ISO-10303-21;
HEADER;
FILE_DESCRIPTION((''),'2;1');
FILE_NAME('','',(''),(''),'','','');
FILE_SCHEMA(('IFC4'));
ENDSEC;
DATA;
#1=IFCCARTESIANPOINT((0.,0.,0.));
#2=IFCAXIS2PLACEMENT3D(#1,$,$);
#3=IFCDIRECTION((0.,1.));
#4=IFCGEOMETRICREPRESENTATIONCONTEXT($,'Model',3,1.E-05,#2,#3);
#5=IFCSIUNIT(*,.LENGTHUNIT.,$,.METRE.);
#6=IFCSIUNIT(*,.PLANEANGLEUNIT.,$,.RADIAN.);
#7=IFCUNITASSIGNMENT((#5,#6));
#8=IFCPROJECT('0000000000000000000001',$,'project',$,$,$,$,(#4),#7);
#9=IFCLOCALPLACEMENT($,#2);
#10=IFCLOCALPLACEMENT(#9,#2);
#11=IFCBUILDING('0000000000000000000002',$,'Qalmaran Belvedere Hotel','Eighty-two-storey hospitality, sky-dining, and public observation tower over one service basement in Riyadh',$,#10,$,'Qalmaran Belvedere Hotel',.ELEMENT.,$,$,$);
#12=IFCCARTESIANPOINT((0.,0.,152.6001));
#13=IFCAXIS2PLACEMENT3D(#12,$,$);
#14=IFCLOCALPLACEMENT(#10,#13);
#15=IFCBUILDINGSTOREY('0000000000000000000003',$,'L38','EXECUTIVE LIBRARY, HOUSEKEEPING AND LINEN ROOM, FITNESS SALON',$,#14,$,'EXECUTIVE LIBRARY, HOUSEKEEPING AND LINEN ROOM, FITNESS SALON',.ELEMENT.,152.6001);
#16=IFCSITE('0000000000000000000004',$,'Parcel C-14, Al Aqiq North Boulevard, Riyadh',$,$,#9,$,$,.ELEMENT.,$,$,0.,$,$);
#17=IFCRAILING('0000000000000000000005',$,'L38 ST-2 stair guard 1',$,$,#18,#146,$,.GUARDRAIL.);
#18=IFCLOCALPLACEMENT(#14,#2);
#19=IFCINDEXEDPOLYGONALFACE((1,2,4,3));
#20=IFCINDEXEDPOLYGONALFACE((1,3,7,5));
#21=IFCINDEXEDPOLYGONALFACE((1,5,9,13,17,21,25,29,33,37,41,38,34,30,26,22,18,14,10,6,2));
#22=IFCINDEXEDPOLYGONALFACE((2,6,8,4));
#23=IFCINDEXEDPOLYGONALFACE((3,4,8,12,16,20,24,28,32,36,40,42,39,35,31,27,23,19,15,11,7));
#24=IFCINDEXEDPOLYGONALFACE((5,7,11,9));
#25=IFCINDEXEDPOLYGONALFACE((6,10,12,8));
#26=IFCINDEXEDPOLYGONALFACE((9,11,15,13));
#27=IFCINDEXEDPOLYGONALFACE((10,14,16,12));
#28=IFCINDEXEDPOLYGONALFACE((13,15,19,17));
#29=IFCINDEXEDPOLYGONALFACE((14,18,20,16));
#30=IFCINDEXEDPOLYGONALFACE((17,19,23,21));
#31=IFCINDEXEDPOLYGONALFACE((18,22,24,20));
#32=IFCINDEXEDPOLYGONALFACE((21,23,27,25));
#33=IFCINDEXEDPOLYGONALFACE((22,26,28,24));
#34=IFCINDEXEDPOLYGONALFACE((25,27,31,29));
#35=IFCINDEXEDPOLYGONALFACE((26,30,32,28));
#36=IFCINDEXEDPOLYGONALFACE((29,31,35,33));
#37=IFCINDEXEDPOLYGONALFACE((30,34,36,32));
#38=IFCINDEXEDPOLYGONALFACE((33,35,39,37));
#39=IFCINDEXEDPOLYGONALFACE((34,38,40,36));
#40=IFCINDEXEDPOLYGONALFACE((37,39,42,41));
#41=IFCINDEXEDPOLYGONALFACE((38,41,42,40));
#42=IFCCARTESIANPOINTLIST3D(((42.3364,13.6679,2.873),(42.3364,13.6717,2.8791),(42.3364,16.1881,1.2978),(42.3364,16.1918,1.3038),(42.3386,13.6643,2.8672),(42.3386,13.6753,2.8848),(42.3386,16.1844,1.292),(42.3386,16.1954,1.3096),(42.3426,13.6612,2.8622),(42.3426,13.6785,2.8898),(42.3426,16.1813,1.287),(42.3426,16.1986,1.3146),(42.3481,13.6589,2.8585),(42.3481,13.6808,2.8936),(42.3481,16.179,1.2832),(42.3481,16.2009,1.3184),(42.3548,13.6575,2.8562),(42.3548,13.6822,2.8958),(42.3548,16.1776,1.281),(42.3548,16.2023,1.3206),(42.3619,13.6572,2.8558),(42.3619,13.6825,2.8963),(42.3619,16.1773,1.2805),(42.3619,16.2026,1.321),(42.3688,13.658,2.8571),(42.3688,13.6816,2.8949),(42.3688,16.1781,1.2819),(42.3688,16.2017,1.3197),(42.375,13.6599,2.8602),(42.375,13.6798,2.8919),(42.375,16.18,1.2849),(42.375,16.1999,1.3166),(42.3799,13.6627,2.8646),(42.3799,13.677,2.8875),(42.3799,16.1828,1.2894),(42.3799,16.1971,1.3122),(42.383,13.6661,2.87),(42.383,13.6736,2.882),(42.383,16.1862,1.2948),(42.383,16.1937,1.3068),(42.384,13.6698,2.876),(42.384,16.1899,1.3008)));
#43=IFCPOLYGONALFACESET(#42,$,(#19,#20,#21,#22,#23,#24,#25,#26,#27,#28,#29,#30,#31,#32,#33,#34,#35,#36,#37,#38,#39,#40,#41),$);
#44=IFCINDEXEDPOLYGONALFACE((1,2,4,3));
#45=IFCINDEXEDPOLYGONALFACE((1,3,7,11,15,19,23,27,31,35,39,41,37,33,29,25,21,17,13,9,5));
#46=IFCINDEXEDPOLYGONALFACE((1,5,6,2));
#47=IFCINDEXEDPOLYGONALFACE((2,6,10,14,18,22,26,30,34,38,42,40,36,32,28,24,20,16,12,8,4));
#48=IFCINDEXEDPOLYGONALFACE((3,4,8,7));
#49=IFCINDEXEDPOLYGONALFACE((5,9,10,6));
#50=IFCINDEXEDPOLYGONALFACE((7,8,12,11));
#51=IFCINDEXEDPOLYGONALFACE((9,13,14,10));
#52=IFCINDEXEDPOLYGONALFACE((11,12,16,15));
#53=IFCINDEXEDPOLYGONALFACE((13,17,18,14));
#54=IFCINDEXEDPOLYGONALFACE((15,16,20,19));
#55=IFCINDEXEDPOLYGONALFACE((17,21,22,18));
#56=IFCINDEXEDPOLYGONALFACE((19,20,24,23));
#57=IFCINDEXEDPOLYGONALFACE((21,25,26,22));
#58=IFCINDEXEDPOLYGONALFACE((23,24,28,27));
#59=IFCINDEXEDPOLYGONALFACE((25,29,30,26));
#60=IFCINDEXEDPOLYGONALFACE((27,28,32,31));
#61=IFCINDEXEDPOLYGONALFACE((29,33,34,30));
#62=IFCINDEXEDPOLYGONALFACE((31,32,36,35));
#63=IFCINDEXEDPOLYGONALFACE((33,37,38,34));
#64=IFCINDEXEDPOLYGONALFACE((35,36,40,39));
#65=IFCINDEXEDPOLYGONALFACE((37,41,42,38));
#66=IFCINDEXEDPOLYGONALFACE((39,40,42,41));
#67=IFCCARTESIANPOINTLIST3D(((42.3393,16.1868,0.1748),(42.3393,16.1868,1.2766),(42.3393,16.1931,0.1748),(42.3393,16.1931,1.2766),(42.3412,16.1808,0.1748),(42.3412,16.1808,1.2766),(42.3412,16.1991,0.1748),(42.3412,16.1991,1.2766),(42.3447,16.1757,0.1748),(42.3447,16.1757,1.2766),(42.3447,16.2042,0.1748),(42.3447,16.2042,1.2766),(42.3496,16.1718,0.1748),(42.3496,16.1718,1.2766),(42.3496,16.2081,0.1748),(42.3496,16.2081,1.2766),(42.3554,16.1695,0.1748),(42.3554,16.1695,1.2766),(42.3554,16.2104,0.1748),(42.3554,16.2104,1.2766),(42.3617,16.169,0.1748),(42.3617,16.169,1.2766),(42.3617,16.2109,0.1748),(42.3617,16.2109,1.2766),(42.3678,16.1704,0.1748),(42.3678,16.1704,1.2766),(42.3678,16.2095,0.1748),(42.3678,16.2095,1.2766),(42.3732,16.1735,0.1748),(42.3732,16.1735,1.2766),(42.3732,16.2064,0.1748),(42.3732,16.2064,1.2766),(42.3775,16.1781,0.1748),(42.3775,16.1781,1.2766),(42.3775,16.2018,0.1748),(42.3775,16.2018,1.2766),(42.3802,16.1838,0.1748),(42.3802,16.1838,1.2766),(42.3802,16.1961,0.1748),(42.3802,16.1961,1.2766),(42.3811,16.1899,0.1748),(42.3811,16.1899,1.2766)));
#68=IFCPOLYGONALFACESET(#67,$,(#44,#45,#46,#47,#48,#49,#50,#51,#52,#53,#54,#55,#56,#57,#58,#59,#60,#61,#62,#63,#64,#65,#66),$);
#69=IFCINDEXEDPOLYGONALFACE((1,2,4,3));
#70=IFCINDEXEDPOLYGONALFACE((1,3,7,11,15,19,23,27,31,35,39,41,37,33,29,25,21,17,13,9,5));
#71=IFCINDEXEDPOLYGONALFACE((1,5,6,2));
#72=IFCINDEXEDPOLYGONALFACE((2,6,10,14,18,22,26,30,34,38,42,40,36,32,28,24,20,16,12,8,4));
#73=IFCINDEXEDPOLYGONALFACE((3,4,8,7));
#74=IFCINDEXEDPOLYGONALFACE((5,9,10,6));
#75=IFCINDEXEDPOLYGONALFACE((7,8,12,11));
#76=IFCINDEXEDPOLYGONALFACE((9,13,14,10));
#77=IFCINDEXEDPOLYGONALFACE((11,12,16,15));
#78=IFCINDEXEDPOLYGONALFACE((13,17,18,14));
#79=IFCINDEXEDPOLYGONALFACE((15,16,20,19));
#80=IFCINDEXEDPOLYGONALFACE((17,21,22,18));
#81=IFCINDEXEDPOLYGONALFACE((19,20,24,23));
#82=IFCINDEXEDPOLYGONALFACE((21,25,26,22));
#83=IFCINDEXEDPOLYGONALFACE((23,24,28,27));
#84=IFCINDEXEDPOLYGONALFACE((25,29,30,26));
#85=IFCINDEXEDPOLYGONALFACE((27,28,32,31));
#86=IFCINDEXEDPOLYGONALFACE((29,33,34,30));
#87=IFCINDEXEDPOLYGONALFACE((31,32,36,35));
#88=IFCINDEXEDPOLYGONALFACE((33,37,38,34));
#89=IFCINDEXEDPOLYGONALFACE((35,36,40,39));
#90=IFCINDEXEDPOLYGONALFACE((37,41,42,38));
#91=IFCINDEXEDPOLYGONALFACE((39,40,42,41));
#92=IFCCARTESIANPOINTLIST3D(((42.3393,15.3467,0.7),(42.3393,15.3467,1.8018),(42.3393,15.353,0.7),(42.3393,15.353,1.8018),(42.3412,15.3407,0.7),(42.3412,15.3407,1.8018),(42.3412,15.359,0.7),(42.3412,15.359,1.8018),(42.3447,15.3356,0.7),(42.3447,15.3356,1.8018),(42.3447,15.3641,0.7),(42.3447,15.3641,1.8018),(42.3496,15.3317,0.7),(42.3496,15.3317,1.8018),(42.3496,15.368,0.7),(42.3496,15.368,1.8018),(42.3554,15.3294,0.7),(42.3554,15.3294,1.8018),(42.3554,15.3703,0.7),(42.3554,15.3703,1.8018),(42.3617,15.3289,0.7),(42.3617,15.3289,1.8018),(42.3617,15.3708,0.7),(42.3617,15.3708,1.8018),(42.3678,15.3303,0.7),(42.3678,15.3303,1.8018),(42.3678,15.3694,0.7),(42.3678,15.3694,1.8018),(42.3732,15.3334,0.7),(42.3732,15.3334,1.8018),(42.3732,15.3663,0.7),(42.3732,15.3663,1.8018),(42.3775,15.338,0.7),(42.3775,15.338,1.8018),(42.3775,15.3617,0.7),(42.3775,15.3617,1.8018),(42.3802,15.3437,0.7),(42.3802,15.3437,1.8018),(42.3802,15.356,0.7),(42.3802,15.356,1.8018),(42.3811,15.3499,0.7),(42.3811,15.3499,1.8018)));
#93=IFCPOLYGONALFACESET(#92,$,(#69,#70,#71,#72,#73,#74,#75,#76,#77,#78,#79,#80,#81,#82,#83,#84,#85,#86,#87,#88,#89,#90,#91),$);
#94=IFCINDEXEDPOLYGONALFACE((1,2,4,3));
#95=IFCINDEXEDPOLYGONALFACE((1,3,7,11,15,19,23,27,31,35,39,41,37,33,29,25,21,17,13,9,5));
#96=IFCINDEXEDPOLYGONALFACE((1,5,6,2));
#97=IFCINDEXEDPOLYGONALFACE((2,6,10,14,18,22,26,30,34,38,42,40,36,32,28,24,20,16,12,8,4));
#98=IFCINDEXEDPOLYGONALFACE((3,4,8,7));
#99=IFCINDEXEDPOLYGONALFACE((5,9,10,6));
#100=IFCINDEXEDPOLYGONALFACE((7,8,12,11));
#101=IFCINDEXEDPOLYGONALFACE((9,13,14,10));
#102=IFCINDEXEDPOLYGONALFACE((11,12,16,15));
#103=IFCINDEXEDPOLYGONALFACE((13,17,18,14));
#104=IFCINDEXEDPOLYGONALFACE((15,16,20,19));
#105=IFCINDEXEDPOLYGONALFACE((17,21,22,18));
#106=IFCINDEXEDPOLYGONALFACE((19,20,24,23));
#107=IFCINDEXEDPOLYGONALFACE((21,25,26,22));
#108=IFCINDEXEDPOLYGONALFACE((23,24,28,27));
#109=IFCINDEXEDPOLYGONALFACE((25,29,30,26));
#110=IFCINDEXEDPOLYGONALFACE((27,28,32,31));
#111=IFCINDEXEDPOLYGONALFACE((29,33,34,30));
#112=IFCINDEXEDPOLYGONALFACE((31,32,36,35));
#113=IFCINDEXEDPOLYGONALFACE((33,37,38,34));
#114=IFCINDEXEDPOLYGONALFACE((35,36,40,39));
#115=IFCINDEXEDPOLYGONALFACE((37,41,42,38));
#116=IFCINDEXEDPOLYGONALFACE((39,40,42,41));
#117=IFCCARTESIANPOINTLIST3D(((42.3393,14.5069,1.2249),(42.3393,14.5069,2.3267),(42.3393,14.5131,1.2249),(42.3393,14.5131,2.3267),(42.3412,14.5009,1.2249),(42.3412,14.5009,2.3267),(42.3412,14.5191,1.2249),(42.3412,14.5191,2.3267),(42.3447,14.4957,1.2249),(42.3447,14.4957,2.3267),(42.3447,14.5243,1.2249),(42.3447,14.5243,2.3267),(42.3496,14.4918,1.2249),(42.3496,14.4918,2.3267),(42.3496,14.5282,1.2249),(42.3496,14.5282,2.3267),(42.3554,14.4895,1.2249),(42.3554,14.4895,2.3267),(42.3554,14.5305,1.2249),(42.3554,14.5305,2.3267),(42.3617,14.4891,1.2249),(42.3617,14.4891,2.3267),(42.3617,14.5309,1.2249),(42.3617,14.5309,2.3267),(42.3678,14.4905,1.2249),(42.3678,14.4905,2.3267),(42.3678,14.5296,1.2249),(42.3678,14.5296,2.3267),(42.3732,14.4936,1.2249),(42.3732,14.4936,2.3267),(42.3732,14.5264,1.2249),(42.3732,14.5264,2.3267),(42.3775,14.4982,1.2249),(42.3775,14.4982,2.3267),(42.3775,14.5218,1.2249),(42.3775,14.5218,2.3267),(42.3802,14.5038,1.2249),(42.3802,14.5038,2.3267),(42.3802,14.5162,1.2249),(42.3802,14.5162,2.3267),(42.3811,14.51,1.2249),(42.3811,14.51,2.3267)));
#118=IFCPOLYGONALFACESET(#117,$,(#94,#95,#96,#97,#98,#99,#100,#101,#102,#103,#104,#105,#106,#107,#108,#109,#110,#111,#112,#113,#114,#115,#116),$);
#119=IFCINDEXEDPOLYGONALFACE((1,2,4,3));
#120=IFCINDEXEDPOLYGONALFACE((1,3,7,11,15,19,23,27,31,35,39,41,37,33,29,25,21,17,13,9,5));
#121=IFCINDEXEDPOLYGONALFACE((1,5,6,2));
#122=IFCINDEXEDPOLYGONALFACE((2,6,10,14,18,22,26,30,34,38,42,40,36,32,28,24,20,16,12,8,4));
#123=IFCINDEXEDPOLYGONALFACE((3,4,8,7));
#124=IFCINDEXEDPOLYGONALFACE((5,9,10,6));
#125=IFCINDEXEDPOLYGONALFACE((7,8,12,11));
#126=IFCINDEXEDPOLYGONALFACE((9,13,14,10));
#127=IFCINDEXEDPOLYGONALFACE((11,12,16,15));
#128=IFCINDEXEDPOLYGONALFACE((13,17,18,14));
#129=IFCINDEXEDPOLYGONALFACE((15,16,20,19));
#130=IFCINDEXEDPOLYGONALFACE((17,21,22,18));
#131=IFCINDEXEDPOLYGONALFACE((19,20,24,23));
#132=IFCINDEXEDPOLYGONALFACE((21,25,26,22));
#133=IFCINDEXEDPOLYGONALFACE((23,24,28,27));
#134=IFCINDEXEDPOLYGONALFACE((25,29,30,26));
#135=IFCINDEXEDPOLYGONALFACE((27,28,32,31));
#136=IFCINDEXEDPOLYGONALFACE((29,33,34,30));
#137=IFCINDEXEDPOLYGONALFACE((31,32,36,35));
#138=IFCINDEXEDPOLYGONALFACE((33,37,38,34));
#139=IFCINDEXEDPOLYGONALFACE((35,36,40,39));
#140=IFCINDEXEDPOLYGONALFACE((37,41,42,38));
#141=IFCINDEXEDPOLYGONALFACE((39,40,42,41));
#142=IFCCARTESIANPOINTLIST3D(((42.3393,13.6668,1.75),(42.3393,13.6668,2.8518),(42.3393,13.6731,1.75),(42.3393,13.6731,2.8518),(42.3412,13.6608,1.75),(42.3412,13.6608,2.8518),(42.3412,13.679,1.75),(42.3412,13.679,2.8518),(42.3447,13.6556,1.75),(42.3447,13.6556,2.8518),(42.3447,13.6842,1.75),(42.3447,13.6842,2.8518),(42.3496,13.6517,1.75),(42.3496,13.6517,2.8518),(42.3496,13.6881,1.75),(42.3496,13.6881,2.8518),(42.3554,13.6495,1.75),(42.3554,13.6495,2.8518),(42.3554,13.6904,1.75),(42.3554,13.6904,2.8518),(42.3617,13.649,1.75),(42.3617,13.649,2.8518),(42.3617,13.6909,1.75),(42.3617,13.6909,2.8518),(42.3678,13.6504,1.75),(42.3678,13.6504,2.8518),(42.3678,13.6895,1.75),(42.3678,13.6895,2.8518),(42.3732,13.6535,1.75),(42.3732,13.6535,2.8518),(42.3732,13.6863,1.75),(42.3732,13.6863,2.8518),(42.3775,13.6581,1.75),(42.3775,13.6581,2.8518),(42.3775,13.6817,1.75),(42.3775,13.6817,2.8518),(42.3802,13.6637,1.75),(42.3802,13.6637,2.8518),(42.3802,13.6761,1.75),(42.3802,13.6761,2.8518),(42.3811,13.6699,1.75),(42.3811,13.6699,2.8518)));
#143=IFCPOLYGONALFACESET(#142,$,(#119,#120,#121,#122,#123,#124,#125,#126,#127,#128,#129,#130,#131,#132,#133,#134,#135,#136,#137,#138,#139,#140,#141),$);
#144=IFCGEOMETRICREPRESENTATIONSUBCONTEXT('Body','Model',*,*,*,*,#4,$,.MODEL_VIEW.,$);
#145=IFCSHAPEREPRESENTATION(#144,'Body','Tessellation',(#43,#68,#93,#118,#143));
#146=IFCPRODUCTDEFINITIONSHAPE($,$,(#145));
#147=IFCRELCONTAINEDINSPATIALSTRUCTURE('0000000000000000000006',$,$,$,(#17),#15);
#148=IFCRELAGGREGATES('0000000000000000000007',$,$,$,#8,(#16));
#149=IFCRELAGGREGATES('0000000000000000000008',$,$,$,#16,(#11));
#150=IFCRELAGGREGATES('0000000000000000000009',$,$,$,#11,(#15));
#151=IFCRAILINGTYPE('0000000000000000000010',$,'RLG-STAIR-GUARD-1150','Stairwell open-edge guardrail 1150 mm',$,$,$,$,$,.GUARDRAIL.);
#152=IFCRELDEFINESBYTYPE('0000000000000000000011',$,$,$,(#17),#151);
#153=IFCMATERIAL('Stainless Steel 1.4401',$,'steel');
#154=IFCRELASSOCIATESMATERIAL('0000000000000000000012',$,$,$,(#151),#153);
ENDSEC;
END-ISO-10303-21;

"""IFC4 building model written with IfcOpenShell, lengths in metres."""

from ifc_helpers import new_model, si_unit, direction, frame, origin, origin_2d, place, context, subcontext, project, spatial, circle, extrude, material, type_object, element, save


model = new_model("IFC4")

# Units and contexts
model_context = context("Model", 3, precision=1e-05, world=origin(), true_north=direction((0.0, 1.0)))
body_context = subcontext(model_context, "Body", "Model", "MODEL_VIEW")
ifc_project = project(units=[si_unit("LENGTHUNIT", "METRE"), si_unit("PLANEANGLEUNIT", "RADIAN")], contexts=[model_context])

# Site, building, storey
site_placement = place(None, origin())
site = spatial("IfcSite", under=ifc_project, at=site_placement, Name="Parcel C-14, Al Aqiq North Boulevard, Riyadh", CompositionType="ELEMENT", RefElevation=0.0)
building_placement = place(site_placement, origin())
building = spatial("IfcBuilding", under=site, at=building_placement, Name="Qalmaran Belvedere Hotel", Description="Eighty-two-storey hospitality, sky-dining, and public observation tower over one service basement in Riyadh", LongName="Qalmaran Belvedere Hotel", CompositionType="ELEMENT")
storey_placement = place(building_placement, frame((0.0, 0.0, 152.6001)))
storey = spatial("IfcBuildingStorey", under=building, at=storey_placement, Name="L38", Description="EXECUTIVE LIBRARY, HOUSEKEEPING AND LINEN ROOM, FITNESS SALON", LongName="EXECUTIVE LIBRARY, HOUSEKEEPING AND LINEN ROOM, FITNESS SALON", CompositionType="ELEMENT", Elevation=152.6001)

# Railing
ifc_material_1 = material(Name="Stainless Steel 1.4401", Category="steel")
railing_type_1 = type_object("IfcRailingType", Name="RLG-STAIR-GUARD-1150", Description="Stairwell open-edge guardrail 1150 mm", PredefinedType="GUARDRAIL", material=ifc_material_1)
railing_1_placement = place(storey_placement, frame((42.3601, 16.1899, 0.1748)))
element("IfcRailing", 1, at=railing_1_placement, inside=storey, type_object=railing_type_1, Name="L38 ST-2 stair guard 1", PredefinedType="GUARDRAIL", context=body_context, shape_type="SweptSolid", body=[
    extrude(circle(Radius=0.0239, at=origin_2d()), frame((0.0, 0.0, 1.126), z_axis=(0.0, -0.847971, 0.530043), x_axis=(1.0, 0.0, 0.0)), (0.0, 0.0, 1.0), 2.9719),
    extrude(circle(Radius=0.021, at=origin_2d()), origin(), (0.0, 0.0, 1.0), 1.1018),
    extrude(circle(Radius=0.021, at=origin_2d()), frame((0.0, -0.8401, 0.5251)), (0.0, 0.0, 1.0), 1.1018),
    extrude(circle(Radius=0.021, at=origin_2d()), frame((0.0, -1.6799, 1.05)), (0.0, 0.0, 1.0), 1.1018),
    extrude(circle(Radius=0.021, at=origin_2d()), frame((0.0, -2.52, 1.5752)), (0.0, 0.0, 1.0), 1.1018),
])

save(model, "model.ifc")
